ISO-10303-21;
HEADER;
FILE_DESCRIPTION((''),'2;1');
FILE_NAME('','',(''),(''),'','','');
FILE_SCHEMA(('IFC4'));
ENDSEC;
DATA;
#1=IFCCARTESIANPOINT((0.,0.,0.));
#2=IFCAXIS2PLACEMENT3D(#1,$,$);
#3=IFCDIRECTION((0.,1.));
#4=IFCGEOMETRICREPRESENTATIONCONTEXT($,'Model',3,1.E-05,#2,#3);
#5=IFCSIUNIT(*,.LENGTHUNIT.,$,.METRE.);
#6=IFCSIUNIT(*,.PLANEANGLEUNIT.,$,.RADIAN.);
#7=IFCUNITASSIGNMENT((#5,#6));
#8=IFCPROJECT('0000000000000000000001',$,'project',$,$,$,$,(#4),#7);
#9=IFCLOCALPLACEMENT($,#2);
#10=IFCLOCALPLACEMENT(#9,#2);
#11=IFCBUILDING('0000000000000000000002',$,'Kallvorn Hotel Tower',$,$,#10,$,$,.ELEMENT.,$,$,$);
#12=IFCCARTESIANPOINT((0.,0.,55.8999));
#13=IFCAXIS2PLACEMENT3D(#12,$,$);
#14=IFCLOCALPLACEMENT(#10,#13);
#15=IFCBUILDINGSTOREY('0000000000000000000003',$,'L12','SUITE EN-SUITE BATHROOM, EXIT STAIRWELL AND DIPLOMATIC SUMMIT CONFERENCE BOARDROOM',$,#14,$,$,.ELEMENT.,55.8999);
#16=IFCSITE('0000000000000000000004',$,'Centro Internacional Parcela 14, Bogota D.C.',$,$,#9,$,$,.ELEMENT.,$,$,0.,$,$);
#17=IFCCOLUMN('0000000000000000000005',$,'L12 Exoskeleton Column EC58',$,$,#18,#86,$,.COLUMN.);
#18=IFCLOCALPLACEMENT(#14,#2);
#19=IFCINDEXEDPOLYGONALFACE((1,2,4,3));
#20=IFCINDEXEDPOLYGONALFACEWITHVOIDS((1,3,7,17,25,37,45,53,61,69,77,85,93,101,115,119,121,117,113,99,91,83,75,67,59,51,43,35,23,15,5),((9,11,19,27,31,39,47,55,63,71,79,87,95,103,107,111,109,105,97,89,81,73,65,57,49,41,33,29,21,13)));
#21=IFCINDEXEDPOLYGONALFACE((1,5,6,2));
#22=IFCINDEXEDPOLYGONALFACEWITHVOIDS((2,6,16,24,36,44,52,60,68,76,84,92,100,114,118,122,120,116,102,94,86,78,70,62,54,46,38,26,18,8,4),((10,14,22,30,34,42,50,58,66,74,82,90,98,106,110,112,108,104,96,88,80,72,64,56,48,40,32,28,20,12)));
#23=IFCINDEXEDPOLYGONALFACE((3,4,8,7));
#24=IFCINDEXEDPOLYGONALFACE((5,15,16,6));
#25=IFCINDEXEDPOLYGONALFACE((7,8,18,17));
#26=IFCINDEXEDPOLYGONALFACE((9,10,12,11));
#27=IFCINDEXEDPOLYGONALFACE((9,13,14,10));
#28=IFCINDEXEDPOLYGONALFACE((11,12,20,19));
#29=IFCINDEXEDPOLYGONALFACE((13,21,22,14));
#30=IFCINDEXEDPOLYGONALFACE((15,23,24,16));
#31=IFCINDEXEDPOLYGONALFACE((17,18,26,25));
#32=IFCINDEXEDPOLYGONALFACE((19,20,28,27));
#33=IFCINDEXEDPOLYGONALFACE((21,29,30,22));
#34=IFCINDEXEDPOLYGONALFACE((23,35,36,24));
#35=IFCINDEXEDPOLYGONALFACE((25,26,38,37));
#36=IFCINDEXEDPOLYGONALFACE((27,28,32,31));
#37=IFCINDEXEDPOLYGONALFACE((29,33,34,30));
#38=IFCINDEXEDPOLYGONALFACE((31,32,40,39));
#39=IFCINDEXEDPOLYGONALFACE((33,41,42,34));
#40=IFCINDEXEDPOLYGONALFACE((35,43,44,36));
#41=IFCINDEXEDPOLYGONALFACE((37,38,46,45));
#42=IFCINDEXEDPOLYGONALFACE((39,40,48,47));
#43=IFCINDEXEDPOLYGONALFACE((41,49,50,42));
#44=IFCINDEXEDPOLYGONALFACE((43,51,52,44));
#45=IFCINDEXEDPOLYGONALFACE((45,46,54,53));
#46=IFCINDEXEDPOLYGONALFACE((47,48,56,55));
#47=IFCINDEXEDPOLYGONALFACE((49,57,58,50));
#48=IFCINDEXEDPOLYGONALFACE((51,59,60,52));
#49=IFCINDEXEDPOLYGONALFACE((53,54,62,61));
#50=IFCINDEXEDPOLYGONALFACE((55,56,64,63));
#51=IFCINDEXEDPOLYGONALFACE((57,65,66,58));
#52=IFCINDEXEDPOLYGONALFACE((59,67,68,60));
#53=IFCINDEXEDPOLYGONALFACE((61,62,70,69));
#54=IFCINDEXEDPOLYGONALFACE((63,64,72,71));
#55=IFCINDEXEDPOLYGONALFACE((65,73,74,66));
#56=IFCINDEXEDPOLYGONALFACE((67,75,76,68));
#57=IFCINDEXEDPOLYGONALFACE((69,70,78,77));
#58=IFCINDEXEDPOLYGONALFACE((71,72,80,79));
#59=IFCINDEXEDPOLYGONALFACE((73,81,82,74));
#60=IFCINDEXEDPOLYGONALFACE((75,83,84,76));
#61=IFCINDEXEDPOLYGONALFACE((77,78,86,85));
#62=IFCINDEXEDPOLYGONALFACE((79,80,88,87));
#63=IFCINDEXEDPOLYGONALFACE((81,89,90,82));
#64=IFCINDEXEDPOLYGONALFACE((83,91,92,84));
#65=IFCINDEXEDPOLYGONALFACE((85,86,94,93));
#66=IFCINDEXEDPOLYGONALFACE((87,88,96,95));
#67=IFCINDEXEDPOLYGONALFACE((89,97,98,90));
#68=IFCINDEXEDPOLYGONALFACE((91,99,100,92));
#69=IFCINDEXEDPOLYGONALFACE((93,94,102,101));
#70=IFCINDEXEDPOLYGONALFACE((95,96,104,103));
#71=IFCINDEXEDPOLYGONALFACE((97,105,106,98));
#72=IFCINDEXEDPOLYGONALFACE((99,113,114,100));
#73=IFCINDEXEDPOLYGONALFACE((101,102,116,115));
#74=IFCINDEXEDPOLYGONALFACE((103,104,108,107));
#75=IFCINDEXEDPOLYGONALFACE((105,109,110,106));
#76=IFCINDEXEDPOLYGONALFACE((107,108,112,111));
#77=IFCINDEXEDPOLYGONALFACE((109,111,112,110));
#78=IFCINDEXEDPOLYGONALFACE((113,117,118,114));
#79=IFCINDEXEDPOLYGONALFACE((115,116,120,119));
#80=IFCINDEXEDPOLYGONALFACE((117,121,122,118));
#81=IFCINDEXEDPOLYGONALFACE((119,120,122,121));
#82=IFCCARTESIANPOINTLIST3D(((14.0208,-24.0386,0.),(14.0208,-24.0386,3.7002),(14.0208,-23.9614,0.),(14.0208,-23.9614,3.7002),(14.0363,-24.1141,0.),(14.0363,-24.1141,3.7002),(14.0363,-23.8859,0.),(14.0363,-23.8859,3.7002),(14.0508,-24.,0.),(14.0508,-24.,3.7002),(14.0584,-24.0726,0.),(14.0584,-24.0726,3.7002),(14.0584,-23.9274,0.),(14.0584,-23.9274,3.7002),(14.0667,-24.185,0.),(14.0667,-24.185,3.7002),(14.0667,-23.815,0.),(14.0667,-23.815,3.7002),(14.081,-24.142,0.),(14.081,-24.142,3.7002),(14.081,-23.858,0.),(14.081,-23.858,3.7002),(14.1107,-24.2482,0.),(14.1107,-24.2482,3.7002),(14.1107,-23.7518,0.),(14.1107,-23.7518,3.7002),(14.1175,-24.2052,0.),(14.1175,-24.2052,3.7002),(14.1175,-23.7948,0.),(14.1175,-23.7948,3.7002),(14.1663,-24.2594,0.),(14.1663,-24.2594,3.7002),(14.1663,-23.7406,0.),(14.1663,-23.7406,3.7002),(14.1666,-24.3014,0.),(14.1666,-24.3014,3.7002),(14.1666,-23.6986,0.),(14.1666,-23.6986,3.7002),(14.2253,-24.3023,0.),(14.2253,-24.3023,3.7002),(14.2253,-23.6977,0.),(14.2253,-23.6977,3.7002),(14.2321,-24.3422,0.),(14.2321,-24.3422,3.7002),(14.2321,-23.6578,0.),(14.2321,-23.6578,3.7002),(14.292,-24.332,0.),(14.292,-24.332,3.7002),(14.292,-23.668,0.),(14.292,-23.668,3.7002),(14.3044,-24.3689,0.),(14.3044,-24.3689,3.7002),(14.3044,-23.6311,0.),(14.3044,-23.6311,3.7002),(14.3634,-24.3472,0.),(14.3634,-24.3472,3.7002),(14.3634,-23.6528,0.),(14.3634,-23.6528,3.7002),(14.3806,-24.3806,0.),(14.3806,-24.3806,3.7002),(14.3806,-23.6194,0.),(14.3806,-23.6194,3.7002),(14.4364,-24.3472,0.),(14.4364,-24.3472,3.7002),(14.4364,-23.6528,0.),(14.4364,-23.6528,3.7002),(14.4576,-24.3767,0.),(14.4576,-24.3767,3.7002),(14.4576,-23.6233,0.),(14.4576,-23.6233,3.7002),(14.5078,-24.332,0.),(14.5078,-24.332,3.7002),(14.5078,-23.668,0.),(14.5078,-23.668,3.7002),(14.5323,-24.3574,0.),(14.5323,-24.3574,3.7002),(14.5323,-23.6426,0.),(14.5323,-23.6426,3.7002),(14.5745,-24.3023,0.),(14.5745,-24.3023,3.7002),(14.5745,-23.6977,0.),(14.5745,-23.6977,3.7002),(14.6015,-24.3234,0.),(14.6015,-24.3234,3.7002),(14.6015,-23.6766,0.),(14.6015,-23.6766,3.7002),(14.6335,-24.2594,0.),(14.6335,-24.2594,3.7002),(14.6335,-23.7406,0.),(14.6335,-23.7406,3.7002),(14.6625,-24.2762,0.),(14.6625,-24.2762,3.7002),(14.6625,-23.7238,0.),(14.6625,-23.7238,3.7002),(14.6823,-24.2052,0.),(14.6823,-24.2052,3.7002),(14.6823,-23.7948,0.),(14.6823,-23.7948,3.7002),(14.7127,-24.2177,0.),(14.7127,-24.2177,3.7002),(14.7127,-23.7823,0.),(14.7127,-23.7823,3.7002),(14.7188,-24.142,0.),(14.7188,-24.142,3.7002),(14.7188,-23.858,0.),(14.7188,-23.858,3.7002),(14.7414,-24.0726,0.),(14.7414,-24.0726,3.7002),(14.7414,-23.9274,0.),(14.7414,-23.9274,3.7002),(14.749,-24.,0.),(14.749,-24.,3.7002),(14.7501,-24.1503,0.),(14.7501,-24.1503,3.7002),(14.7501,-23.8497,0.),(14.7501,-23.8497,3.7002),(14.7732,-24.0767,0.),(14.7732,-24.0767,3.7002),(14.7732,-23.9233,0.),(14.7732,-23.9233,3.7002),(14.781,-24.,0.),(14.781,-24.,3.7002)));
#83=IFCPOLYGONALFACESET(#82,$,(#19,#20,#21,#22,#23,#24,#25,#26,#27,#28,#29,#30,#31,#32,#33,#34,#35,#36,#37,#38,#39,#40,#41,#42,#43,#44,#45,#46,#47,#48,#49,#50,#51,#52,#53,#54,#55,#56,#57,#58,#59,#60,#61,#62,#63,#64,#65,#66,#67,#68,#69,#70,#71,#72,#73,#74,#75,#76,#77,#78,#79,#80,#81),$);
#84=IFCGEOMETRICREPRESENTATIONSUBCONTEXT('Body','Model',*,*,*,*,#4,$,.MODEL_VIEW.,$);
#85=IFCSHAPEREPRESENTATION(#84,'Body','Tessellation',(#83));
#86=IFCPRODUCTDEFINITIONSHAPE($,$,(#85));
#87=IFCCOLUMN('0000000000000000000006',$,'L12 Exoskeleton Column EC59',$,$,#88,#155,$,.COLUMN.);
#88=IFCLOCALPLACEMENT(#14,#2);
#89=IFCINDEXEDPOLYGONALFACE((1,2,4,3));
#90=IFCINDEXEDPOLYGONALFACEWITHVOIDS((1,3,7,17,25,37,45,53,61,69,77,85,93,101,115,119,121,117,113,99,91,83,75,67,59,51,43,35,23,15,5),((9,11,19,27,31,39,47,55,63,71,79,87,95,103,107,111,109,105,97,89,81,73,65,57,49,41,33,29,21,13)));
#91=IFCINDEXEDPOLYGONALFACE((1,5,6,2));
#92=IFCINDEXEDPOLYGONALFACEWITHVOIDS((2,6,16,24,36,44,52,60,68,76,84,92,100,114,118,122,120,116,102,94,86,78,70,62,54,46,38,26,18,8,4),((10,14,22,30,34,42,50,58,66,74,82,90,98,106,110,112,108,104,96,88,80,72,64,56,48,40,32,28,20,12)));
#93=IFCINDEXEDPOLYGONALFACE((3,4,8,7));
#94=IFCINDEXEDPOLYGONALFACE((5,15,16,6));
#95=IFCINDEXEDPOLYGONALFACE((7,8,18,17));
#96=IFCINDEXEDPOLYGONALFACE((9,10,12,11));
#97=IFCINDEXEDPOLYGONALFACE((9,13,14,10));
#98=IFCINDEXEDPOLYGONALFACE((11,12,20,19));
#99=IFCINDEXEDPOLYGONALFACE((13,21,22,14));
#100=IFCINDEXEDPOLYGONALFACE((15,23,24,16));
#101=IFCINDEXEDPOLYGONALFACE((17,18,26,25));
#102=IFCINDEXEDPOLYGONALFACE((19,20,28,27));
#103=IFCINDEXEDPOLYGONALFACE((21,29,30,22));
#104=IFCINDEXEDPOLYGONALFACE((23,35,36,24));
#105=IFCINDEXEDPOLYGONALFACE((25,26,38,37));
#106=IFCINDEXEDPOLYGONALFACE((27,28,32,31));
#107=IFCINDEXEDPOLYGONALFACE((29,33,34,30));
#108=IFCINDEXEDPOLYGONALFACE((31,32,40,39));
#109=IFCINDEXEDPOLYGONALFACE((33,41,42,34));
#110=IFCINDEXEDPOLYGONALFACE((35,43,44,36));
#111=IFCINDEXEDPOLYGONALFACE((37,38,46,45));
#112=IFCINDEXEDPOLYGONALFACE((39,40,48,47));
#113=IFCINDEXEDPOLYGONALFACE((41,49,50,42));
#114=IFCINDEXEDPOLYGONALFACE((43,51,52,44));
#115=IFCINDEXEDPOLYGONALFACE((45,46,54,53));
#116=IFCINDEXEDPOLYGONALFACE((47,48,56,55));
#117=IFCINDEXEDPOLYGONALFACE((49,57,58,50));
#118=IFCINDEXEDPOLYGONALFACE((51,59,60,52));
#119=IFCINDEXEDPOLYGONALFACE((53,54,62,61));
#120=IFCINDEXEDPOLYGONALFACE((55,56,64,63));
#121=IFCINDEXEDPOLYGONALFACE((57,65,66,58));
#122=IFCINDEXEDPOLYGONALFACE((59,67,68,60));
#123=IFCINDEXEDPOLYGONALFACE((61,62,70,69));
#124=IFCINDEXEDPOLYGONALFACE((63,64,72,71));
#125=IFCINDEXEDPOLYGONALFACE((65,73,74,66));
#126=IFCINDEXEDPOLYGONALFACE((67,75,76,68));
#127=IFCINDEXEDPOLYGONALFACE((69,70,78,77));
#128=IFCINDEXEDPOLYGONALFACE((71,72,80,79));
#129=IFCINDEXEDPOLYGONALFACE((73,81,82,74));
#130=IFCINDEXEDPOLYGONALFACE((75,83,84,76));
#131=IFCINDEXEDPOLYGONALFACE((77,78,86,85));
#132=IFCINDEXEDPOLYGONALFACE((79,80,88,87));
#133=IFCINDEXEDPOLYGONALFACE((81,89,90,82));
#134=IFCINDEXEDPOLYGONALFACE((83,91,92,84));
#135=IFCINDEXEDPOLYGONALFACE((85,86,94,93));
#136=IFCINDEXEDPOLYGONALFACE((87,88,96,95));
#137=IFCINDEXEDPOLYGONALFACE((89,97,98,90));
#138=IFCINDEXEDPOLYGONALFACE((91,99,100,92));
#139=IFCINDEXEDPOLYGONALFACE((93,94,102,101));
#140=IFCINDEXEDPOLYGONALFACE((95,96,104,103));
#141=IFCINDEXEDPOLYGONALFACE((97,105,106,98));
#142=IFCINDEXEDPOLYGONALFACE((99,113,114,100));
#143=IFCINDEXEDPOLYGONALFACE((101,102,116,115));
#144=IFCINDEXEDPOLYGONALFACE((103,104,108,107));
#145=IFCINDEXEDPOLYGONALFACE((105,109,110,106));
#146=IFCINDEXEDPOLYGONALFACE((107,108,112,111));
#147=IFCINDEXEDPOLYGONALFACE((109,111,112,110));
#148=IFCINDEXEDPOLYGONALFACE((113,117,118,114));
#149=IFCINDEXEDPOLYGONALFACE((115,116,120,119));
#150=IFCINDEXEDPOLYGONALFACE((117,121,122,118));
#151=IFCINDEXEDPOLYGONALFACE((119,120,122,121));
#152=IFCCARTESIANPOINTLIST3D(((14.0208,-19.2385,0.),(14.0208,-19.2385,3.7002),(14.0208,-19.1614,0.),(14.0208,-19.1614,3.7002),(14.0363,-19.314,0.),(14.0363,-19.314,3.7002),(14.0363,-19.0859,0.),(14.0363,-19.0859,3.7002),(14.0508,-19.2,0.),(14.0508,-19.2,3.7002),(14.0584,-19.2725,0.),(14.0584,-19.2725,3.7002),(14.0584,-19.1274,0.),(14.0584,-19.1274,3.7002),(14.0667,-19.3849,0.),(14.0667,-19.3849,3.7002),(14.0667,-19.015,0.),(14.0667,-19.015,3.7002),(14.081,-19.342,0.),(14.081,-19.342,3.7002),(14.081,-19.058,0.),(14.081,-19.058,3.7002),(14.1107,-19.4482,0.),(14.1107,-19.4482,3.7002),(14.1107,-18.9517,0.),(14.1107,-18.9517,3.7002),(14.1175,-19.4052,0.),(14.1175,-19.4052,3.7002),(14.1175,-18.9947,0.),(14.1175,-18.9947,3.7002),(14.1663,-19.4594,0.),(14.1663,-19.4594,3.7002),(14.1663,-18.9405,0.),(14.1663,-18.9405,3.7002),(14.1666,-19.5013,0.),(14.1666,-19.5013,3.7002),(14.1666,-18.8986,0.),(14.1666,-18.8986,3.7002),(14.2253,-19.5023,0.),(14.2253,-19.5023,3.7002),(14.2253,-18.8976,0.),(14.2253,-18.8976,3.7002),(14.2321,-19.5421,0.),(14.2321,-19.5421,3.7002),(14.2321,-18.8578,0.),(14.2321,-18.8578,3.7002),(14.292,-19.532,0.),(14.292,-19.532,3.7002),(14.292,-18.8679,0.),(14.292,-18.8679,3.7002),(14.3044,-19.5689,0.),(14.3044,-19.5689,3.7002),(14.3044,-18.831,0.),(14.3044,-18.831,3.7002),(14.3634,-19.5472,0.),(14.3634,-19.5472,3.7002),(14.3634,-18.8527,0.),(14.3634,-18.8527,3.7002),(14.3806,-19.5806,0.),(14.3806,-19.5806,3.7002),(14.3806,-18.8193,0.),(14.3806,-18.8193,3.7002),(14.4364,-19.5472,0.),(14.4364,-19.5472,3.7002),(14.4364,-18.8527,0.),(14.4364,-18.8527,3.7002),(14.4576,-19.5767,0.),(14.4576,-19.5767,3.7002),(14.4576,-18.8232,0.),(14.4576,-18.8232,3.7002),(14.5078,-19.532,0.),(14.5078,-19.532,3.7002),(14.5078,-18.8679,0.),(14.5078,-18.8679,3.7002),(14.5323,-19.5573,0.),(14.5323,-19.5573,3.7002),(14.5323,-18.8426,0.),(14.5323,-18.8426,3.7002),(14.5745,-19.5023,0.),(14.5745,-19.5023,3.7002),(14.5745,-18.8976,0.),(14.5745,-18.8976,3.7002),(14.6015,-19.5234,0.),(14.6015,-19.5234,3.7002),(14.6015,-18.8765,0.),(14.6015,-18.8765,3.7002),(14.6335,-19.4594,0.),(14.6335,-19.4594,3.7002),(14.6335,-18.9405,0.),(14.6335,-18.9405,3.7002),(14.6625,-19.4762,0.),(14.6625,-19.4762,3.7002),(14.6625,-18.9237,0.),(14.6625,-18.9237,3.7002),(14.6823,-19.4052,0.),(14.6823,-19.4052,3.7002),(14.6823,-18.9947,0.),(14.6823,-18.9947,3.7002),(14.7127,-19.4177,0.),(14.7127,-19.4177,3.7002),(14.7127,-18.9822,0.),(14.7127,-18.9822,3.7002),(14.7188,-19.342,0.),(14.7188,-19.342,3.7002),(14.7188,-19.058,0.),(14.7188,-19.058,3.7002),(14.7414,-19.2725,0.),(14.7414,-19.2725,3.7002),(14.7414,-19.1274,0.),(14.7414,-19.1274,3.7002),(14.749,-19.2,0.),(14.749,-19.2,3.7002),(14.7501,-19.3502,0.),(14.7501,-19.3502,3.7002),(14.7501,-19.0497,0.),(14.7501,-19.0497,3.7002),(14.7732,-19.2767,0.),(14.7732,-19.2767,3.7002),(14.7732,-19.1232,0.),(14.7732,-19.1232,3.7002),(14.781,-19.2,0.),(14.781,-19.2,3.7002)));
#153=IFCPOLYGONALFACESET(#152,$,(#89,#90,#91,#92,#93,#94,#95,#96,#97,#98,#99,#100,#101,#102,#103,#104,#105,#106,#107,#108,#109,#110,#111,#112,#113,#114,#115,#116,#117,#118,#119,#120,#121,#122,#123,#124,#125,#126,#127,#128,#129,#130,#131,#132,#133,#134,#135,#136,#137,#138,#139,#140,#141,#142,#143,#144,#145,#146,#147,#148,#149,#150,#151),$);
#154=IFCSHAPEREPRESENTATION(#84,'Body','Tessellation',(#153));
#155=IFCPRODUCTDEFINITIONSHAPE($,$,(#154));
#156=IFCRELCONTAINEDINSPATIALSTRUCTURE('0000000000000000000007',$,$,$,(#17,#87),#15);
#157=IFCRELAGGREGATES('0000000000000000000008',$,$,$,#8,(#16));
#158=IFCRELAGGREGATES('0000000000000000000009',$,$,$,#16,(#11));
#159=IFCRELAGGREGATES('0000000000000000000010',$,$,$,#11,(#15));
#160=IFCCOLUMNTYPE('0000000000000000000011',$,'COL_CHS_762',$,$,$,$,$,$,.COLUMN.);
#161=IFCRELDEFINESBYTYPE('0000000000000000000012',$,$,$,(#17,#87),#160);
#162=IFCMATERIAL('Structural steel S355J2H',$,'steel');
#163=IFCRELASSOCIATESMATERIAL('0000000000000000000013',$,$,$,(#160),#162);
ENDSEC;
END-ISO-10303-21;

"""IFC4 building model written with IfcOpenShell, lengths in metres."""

from ifc_helpers import new_model, si_unit, direction, frame, origin, origin_2d, place, context, subcontext, project, spatial, hollow_circle, extrude, material, material_profile, profile_set, type_object, element, save


model = new_model("IFC4")

# Units and contexts
model_context = context("Model", 3, precision=1e-05, world=origin(), true_north=direction((0.0, 1.0)))
body_context = subcontext(model_context, "Body", "Model", "MODEL_VIEW")
ifc_project = project(units=[si_unit("LENGTHUNIT", "METRE"), si_unit("PLANEANGLEUNIT", "RADIAN")], contexts=[model_context])

# Site, building, storey
site_placement = place(None, origin())
site = spatial("IfcSite", under=ifc_project, at=site_placement, Name="Centro Internacional Parcela 14, Bogota D.C.", CompositionType="ELEMENT", RefElevation=0.0)
building_placement = place(site_placement, origin())
building = spatial("IfcBuilding", under=site, at=building_placement, Name="Kallvorn Hotel Tower", CompositionType="ELEMENT")
storey_placement = place(building_placement, frame((0.0, 0.0, 55.8999)))
storey = spatial("IfcBuildingStorey", under=building, at=storey_placement, Name="L12", Description="SUITE EN-SUITE BATHROOM, EXIT STAIRWELL AND DIPLOMATIC SUMMIT CONFERENCE BOARDROOM", CompositionType="ELEMENT", Elevation=55.8999)

# Columns
ifc_material_1 = material(Name="Structural steel S355J2H", Category="steel")
ifc_material_profile_1 = material_profile(ifc_material_1, hollow_circle(Radius=0.3811, WallThickness=0.032, at=origin_2d()), Name="CHS 762x32")
ifc_profile_set_1 = profile_set([ifc_material_profile_1], Name="Structural steel S355J2H")
column_type_1 = type_object("IfcColumnType", Name="COL_CHS_762", PredefinedType="COLUMN", material=ifc_profile_set_1)
for number, where, z_axis, x_axis, name in (
    (1, (14.3999, -24.0, 0.0), (0.0, 0.0, 1.0), (1.0, 0.0, 0.0), "L12 Exoskeleton Column EC58"),
    (2, (14.3999, -19.2, 0.0), (0.0, 0.0, 1.0), (1.0, 0.0, 0.0), "L12 Exoskeleton Column EC59"),
):
    element("IfcColumn", number, at=place(storey_placement, frame(where, z_axis=z_axis, x_axis=x_axis)), inside=storey, type_object=column_type_1, Name=name, PredefinedType="COLUMN", context=body_context, shape_type="SweptSolid", body=[
        extrude(hollow_circle(Radius=0.3811, WallThickness=0.032, at=origin_2d()), origin(), (0.0, 0.0, 1.0), 3.7002),
    ])

save(model, "model.ifc")
